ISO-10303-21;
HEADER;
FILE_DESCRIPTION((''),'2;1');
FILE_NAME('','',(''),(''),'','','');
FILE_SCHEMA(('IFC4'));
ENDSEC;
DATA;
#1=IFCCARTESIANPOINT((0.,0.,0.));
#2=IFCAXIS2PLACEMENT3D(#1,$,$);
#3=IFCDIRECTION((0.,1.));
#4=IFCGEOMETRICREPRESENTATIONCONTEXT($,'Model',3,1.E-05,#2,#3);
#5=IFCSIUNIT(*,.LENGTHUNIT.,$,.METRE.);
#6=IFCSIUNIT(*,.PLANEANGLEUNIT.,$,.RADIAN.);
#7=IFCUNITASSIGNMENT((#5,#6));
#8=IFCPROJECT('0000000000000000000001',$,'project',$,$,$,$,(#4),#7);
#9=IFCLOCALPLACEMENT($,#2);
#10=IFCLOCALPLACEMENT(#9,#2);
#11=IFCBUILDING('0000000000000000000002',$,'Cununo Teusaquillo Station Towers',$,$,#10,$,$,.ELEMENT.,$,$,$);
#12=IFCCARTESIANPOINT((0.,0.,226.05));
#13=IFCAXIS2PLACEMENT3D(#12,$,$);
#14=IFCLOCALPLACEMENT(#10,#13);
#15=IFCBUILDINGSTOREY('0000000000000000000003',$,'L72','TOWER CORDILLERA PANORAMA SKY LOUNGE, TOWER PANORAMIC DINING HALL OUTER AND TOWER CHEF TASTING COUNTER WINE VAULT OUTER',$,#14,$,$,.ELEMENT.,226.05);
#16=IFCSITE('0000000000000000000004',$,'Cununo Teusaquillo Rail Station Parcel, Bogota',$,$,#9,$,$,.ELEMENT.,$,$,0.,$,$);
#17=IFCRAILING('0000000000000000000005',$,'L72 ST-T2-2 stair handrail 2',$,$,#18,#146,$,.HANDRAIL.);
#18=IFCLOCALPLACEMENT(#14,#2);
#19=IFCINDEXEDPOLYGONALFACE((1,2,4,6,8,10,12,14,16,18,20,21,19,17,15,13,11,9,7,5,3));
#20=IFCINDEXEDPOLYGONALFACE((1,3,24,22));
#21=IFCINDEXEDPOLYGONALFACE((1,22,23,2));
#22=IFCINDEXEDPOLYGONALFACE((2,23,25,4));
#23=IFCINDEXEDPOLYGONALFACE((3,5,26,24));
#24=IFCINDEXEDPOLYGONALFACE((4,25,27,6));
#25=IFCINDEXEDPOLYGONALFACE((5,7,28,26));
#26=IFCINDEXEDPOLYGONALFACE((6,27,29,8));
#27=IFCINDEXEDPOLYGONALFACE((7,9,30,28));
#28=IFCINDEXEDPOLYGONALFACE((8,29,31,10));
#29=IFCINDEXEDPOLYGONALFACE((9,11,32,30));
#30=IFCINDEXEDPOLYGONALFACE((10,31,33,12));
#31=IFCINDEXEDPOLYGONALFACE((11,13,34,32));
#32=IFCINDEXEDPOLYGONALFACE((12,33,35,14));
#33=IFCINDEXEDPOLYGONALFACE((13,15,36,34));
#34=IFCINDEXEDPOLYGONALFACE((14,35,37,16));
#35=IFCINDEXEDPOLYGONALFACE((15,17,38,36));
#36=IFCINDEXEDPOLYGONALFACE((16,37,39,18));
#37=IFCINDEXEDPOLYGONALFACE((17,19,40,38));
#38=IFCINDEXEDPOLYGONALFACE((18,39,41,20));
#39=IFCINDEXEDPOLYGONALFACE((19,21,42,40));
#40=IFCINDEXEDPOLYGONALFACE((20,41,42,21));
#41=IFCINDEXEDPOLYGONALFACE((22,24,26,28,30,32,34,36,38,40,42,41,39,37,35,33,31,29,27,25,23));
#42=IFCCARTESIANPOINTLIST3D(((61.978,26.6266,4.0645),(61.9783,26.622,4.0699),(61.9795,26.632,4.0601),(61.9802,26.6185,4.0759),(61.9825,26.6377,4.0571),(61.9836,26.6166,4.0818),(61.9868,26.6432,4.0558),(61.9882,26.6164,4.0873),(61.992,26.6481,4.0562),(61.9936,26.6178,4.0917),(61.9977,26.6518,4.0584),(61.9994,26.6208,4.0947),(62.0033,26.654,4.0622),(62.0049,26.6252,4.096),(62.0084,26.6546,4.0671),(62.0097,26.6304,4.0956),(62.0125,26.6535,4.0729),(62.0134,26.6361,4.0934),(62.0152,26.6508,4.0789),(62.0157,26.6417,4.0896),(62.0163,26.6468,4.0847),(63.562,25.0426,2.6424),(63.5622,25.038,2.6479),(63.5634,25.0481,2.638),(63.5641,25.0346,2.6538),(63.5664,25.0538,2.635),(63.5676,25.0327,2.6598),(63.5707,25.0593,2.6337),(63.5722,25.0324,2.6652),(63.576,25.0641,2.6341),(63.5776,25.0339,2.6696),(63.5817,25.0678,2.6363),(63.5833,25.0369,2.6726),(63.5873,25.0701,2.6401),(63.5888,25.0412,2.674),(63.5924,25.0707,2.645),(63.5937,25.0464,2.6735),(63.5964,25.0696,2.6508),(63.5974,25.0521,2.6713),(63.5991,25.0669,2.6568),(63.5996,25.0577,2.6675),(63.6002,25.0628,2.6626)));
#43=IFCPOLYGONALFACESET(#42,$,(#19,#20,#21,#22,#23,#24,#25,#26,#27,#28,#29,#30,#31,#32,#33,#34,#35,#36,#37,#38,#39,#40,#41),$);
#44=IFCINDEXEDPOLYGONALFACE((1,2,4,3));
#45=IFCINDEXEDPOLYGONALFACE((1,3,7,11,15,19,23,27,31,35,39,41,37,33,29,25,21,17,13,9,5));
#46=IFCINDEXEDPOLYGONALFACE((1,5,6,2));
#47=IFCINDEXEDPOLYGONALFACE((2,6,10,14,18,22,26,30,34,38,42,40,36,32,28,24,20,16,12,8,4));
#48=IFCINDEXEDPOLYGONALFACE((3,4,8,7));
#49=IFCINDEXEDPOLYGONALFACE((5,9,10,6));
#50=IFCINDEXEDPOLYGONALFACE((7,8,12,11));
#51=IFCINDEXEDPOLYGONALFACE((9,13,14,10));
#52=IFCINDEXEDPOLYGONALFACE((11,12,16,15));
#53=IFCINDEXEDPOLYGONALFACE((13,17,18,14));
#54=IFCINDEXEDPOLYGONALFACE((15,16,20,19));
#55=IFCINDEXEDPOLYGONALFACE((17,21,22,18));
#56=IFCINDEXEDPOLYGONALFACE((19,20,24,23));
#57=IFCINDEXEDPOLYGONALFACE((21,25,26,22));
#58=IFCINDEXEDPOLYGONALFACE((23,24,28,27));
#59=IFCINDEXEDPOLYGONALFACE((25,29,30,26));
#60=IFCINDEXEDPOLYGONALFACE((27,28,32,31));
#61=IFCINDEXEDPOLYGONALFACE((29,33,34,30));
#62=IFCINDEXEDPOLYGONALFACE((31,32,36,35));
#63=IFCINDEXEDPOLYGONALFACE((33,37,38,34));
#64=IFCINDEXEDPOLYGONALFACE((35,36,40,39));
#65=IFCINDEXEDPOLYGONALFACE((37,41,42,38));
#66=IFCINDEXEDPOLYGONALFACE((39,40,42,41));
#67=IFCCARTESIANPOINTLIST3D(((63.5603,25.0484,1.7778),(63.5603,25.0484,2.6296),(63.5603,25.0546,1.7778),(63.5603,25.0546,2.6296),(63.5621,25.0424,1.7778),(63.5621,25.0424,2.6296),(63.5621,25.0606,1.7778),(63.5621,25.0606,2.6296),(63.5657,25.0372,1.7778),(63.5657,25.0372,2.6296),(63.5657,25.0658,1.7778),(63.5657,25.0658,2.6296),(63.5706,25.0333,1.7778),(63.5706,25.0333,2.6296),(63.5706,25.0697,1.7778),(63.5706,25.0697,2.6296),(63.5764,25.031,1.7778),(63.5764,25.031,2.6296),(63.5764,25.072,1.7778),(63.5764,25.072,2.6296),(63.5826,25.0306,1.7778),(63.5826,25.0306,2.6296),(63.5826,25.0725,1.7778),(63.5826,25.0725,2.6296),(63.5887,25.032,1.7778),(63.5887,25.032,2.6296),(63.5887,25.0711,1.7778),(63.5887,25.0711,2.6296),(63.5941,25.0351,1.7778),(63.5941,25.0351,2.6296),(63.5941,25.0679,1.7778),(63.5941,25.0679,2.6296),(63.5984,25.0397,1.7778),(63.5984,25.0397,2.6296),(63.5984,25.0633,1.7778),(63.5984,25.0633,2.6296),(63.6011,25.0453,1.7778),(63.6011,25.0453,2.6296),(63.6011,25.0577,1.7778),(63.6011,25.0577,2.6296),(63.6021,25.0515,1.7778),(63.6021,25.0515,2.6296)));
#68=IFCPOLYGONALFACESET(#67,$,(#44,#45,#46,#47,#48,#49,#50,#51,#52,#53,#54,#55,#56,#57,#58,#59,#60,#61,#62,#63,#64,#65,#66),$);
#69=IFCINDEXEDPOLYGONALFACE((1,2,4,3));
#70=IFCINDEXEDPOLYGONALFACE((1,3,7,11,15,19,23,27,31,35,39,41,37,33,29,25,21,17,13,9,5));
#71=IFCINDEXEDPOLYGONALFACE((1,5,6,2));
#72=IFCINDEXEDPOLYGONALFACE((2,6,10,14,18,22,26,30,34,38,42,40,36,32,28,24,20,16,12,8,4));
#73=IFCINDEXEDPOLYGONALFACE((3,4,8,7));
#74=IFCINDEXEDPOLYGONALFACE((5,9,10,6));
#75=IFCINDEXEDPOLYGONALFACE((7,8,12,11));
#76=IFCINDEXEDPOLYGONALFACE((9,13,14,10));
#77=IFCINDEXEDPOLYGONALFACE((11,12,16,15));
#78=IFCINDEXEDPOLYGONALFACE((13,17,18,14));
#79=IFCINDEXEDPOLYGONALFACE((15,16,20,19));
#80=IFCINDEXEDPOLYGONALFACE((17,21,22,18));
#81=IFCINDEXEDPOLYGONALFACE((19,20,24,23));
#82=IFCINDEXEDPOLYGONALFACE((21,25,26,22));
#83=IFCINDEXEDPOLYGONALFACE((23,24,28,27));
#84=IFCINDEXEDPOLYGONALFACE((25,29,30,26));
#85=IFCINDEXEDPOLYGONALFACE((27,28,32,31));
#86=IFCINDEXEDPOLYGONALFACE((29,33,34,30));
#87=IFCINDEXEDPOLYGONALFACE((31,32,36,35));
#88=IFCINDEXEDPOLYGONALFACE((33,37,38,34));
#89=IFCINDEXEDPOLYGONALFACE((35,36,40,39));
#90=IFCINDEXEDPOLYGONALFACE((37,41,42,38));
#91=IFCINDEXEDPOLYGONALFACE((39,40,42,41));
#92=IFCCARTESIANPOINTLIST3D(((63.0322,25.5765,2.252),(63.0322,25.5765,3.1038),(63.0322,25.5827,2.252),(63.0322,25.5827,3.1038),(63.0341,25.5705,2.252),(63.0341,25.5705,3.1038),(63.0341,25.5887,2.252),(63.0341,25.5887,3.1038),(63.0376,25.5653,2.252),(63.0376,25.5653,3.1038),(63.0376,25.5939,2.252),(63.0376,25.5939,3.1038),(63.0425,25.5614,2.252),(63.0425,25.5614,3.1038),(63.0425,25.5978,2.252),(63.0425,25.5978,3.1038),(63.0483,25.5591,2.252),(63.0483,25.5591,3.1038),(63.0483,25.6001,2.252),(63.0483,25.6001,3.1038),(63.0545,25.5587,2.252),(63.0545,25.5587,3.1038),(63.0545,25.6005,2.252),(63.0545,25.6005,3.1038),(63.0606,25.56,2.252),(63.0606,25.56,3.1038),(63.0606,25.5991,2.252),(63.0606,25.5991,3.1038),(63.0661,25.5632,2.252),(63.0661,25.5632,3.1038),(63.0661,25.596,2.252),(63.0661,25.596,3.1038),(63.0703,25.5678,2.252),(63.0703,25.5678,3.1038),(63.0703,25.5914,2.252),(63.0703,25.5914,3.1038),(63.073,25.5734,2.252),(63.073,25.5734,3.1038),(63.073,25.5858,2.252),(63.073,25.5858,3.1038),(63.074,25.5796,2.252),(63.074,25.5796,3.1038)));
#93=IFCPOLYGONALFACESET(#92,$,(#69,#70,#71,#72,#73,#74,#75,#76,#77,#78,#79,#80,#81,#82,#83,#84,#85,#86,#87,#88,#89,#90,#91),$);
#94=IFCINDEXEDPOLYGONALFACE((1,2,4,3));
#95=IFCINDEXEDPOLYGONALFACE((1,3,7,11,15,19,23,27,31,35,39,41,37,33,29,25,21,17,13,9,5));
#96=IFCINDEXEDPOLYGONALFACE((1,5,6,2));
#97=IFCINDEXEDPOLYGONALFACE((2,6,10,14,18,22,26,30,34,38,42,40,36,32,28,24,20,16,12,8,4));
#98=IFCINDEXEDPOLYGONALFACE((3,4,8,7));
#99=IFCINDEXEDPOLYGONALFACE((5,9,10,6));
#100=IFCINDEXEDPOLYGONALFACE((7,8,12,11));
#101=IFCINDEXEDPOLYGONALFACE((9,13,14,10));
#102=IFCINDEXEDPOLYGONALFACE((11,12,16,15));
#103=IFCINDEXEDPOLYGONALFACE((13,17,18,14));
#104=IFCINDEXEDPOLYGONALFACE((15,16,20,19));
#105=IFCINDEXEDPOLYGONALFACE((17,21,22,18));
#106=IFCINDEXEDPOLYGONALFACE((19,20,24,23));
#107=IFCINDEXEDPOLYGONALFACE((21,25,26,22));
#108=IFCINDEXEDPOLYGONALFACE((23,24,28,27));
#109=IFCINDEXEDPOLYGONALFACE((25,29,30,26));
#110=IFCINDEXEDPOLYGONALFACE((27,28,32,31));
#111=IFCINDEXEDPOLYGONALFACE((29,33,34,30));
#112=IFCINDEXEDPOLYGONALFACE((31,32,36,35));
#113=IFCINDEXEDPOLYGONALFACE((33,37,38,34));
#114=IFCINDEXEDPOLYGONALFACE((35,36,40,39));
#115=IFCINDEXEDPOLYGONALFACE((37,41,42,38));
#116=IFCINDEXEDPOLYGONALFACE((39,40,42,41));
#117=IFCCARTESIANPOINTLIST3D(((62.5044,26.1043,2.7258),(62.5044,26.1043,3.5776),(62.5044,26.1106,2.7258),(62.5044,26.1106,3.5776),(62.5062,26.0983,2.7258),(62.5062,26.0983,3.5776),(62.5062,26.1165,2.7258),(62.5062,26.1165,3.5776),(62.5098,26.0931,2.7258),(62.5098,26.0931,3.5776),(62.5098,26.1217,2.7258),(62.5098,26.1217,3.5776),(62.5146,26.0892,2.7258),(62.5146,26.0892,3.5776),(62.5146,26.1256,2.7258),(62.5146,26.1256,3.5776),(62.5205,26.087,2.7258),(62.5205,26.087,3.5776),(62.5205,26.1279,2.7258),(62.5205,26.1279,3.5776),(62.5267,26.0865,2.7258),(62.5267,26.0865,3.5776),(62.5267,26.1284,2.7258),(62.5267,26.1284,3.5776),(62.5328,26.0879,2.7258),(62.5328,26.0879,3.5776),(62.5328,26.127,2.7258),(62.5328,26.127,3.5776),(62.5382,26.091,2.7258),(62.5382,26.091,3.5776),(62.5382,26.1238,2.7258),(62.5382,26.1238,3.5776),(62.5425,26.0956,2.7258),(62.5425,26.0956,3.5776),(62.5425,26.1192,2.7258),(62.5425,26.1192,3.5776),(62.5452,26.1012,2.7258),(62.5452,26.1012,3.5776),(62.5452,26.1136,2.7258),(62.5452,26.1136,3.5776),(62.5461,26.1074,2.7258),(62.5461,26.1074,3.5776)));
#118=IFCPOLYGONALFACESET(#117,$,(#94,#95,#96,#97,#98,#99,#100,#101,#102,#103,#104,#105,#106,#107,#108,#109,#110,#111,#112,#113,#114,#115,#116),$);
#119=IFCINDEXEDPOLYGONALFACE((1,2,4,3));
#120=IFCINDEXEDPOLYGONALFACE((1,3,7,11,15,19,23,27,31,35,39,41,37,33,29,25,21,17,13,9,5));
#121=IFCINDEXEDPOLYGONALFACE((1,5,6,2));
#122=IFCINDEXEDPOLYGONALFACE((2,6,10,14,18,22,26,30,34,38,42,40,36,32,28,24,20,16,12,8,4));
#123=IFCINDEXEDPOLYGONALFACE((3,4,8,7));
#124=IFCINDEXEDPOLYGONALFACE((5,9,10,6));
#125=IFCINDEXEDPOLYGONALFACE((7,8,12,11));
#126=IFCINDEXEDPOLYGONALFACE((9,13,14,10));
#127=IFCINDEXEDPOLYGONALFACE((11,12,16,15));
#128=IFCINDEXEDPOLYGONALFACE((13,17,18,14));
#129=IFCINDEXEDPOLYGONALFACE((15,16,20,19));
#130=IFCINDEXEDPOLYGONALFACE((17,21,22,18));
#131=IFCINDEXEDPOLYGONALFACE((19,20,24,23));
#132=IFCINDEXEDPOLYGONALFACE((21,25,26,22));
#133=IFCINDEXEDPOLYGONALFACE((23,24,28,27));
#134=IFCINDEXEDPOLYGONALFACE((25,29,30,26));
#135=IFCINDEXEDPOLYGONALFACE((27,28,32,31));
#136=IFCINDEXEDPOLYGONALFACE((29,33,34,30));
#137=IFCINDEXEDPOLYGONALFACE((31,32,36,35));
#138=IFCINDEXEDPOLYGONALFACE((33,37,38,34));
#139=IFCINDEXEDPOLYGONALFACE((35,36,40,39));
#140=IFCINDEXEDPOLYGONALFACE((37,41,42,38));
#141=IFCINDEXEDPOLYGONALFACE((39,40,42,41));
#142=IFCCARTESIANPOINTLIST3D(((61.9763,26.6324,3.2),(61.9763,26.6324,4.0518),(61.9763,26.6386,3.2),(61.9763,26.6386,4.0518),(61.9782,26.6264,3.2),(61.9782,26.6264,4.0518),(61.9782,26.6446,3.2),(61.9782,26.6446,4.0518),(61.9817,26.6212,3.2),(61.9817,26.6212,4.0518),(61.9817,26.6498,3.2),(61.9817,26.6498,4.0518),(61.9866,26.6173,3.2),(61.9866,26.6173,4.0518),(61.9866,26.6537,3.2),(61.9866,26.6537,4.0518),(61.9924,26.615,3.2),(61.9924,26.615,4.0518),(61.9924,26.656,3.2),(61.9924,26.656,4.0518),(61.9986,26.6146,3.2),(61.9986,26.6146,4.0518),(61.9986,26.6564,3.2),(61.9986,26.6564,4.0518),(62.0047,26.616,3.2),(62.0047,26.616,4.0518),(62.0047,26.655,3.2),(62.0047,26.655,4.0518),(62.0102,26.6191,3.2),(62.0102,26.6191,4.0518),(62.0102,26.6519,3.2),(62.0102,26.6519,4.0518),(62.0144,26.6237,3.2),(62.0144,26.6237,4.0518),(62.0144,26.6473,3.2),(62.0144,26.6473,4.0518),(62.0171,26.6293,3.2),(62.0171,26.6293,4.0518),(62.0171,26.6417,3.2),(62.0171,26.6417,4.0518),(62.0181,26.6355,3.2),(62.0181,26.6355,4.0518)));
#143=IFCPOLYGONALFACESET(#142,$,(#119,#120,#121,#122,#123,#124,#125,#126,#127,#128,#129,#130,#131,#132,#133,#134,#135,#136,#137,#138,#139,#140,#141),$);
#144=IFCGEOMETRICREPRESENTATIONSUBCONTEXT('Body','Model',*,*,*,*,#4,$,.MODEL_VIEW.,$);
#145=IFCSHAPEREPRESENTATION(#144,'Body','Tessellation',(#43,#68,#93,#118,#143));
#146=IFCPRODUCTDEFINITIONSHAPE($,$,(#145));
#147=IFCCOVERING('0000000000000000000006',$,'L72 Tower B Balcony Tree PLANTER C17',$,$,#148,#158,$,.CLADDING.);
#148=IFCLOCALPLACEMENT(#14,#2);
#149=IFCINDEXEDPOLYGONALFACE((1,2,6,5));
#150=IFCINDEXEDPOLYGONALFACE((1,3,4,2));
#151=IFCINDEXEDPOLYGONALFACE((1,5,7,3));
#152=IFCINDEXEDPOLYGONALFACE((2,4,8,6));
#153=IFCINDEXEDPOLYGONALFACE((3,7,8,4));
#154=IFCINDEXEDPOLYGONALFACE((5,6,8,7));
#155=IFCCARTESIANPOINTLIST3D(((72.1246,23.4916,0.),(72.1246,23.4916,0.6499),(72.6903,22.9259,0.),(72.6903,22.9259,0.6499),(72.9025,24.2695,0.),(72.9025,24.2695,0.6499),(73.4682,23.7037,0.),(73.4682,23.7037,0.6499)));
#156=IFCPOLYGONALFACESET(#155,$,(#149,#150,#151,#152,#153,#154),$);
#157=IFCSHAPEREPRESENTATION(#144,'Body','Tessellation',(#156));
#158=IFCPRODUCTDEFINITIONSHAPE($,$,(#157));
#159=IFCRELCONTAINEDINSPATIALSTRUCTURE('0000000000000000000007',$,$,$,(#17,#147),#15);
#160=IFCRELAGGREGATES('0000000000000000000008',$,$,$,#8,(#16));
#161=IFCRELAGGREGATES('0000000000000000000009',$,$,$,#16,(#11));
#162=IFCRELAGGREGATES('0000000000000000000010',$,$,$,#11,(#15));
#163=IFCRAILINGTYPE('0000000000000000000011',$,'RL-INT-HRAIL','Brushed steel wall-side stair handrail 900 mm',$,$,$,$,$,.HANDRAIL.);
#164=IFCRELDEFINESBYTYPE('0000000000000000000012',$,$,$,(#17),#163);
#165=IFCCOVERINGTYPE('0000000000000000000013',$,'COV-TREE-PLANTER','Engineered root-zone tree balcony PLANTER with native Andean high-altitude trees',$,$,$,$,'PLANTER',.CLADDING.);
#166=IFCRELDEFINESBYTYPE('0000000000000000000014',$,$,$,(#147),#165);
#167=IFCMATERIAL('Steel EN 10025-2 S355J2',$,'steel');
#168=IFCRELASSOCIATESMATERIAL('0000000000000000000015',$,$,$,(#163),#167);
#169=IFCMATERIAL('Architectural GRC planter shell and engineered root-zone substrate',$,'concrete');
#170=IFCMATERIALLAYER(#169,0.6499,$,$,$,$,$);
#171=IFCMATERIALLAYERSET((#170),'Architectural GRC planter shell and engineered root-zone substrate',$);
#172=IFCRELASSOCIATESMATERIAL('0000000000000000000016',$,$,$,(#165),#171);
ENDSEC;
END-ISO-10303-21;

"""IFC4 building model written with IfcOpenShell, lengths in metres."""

from ifc_helpers import new_model, si_unit, direction, frame, origin, origin_2d, place, context, subcontext, project, spatial, rectangle, circle, extrude, source, transform, mapped, material, layer, layer_set, type_object, element, save


model = new_model("IFC4")

# Units and contexts
model_context = context("Model", 3, precision=1e-05, world=origin(), true_north=direction((0.0, 1.0)))
body_context = subcontext(model_context, "Body", "Model", "MODEL_VIEW")
ifc_project = project(units=[si_unit("LENGTHUNIT", "METRE"), si_unit("PLANEANGLEUNIT", "RADIAN")], contexts=[model_context])

# Site, building, storey
site_placement = place(None, origin())
site = spatial("IfcSite", under=ifc_project, at=site_placement, Name="Cununo Teusaquillo Rail Station Parcel, Bogota", CompositionType="ELEMENT", RefElevation=0.0)
building_placement = place(site_placement, origin())
building = spatial("IfcBuilding", under=site, at=building_placement, Name="Cununo Teusaquillo Station Towers", CompositionType="ELEMENT")
storey_placement = place(building_placement, frame((0.0, 0.0, 226.05)))
storey = spatial("IfcBuildingStorey", under=building, at=storey_placement, Name="L72", Description="TOWER CORDILLERA PANORAMA SKY LOUNGE, TOWER PANORAMIC DINING HALL OUTER AND TOWER CHEF TASTING COUNTER WINE VAULT OUTER", CompositionType="ELEMENT", Elevation=226.05)

# Railing
ifc_material_1 = material(Name="Steel EN 10025-2 S355J2", Category="steel")
railing_type_1 = type_object("IfcRailingType", Name="RL-INT-HRAIL", Description="Brushed steel wall-side stair handrail 900 mm", PredefinedType="HANDRAIL", material=ifc_material_1)
railing_1_placement = place(storey_placement, frame((63.5811, 25.0515, 1.7778)))
element("IfcRailing", 1, at=railing_1_placement, inside=storey, type_object=railing_type_1, Name="L72 ST-T2-2 stair handrail 2", PredefinedType="HANDRAIL", context=body_context, shape_type="SweptSolid", body=[
    extrude(circle(Radius=0.0239, at=origin_2d()), frame((0.0, 0.0, 0.876), z_axis=(-0.596968, 0.596968, 0.535965), x_axis=(-0.707107, -0.707107, 0.0)), (0.0, 0.0, 1.0), 2.6533),
    extrude(circle(Radius=0.021, at=origin_2d()), origin(), (0.0, 0.0, 1.0), 0.8518),
    extrude(circle(Radius=0.021, at=origin_2d()), frame((-0.5281, 0.5281, 0.4741)), (0.0, 0.0, 1.0), 0.8518),
    extrude(circle(Radius=0.021, at=origin_2d()), frame((-1.0559, 1.0559, 0.948)), (0.0, 0.0, 1.0), 0.8518),
    extrude(circle(Radius=0.021, at=origin_2d()), frame((-1.584, 1.584, 1.4221)), (0.0, 0.0, 1.0), 0.8518),
])

# Covering
ifc_material_2 = material(Name="Architectural GRC planter shell and engineered root-zone substrate", Category="concrete")
ifc_layer_1 = layer(ifc_material_2, 0.6499)
ifc_layer_set_1 = layer_set([ifc_layer_1], Name="Architectural GRC planter shell and engineered root-zone substrate")
covering_type = type_object("IfcCoveringType", Name="COV-TREE-PLANTER", Description="Engineered root-zone tree balcony PLANTER with native Andean high-altitude trees", ElementType="PLANTER", PredefinedType="CLADDING", material=ifc_layer_set_1)
shared_shape_1 = source(origin(), body_context, "Body", "SweptSolid", [
    extrude(rectangle(XDim=1.1001, YDim=0.8, at=origin_2d()), origin(), (0.0, 0.0, 1.0), 0.6499),
])
covering_placement = place(storey_placement, frame((72.7964, 23.5977, 0.0), z_axis=(0.0, 0.0, 1.0), x_axis=(0.707107, 0.707107, 0.0)))
element("IfcCovering", 2, at=covering_placement, inside=storey, type_object=covering_type, Name="L72 Tower B Balcony Tree PLANTER C17", PredefinedType="CLADDING", context=body_context, shape_type="MappedRepresentation", body=[
    mapped(shared_shape_1, transform((0.0, 0.0, 0.0), x_axis=(1.0, 0.0, 0.0), y_axis=(0.0, 1.0, 0.0), z_axis=(0.0, 0.0, 1.0), scale=1.0)),
])

save(model, "model.ifc")
